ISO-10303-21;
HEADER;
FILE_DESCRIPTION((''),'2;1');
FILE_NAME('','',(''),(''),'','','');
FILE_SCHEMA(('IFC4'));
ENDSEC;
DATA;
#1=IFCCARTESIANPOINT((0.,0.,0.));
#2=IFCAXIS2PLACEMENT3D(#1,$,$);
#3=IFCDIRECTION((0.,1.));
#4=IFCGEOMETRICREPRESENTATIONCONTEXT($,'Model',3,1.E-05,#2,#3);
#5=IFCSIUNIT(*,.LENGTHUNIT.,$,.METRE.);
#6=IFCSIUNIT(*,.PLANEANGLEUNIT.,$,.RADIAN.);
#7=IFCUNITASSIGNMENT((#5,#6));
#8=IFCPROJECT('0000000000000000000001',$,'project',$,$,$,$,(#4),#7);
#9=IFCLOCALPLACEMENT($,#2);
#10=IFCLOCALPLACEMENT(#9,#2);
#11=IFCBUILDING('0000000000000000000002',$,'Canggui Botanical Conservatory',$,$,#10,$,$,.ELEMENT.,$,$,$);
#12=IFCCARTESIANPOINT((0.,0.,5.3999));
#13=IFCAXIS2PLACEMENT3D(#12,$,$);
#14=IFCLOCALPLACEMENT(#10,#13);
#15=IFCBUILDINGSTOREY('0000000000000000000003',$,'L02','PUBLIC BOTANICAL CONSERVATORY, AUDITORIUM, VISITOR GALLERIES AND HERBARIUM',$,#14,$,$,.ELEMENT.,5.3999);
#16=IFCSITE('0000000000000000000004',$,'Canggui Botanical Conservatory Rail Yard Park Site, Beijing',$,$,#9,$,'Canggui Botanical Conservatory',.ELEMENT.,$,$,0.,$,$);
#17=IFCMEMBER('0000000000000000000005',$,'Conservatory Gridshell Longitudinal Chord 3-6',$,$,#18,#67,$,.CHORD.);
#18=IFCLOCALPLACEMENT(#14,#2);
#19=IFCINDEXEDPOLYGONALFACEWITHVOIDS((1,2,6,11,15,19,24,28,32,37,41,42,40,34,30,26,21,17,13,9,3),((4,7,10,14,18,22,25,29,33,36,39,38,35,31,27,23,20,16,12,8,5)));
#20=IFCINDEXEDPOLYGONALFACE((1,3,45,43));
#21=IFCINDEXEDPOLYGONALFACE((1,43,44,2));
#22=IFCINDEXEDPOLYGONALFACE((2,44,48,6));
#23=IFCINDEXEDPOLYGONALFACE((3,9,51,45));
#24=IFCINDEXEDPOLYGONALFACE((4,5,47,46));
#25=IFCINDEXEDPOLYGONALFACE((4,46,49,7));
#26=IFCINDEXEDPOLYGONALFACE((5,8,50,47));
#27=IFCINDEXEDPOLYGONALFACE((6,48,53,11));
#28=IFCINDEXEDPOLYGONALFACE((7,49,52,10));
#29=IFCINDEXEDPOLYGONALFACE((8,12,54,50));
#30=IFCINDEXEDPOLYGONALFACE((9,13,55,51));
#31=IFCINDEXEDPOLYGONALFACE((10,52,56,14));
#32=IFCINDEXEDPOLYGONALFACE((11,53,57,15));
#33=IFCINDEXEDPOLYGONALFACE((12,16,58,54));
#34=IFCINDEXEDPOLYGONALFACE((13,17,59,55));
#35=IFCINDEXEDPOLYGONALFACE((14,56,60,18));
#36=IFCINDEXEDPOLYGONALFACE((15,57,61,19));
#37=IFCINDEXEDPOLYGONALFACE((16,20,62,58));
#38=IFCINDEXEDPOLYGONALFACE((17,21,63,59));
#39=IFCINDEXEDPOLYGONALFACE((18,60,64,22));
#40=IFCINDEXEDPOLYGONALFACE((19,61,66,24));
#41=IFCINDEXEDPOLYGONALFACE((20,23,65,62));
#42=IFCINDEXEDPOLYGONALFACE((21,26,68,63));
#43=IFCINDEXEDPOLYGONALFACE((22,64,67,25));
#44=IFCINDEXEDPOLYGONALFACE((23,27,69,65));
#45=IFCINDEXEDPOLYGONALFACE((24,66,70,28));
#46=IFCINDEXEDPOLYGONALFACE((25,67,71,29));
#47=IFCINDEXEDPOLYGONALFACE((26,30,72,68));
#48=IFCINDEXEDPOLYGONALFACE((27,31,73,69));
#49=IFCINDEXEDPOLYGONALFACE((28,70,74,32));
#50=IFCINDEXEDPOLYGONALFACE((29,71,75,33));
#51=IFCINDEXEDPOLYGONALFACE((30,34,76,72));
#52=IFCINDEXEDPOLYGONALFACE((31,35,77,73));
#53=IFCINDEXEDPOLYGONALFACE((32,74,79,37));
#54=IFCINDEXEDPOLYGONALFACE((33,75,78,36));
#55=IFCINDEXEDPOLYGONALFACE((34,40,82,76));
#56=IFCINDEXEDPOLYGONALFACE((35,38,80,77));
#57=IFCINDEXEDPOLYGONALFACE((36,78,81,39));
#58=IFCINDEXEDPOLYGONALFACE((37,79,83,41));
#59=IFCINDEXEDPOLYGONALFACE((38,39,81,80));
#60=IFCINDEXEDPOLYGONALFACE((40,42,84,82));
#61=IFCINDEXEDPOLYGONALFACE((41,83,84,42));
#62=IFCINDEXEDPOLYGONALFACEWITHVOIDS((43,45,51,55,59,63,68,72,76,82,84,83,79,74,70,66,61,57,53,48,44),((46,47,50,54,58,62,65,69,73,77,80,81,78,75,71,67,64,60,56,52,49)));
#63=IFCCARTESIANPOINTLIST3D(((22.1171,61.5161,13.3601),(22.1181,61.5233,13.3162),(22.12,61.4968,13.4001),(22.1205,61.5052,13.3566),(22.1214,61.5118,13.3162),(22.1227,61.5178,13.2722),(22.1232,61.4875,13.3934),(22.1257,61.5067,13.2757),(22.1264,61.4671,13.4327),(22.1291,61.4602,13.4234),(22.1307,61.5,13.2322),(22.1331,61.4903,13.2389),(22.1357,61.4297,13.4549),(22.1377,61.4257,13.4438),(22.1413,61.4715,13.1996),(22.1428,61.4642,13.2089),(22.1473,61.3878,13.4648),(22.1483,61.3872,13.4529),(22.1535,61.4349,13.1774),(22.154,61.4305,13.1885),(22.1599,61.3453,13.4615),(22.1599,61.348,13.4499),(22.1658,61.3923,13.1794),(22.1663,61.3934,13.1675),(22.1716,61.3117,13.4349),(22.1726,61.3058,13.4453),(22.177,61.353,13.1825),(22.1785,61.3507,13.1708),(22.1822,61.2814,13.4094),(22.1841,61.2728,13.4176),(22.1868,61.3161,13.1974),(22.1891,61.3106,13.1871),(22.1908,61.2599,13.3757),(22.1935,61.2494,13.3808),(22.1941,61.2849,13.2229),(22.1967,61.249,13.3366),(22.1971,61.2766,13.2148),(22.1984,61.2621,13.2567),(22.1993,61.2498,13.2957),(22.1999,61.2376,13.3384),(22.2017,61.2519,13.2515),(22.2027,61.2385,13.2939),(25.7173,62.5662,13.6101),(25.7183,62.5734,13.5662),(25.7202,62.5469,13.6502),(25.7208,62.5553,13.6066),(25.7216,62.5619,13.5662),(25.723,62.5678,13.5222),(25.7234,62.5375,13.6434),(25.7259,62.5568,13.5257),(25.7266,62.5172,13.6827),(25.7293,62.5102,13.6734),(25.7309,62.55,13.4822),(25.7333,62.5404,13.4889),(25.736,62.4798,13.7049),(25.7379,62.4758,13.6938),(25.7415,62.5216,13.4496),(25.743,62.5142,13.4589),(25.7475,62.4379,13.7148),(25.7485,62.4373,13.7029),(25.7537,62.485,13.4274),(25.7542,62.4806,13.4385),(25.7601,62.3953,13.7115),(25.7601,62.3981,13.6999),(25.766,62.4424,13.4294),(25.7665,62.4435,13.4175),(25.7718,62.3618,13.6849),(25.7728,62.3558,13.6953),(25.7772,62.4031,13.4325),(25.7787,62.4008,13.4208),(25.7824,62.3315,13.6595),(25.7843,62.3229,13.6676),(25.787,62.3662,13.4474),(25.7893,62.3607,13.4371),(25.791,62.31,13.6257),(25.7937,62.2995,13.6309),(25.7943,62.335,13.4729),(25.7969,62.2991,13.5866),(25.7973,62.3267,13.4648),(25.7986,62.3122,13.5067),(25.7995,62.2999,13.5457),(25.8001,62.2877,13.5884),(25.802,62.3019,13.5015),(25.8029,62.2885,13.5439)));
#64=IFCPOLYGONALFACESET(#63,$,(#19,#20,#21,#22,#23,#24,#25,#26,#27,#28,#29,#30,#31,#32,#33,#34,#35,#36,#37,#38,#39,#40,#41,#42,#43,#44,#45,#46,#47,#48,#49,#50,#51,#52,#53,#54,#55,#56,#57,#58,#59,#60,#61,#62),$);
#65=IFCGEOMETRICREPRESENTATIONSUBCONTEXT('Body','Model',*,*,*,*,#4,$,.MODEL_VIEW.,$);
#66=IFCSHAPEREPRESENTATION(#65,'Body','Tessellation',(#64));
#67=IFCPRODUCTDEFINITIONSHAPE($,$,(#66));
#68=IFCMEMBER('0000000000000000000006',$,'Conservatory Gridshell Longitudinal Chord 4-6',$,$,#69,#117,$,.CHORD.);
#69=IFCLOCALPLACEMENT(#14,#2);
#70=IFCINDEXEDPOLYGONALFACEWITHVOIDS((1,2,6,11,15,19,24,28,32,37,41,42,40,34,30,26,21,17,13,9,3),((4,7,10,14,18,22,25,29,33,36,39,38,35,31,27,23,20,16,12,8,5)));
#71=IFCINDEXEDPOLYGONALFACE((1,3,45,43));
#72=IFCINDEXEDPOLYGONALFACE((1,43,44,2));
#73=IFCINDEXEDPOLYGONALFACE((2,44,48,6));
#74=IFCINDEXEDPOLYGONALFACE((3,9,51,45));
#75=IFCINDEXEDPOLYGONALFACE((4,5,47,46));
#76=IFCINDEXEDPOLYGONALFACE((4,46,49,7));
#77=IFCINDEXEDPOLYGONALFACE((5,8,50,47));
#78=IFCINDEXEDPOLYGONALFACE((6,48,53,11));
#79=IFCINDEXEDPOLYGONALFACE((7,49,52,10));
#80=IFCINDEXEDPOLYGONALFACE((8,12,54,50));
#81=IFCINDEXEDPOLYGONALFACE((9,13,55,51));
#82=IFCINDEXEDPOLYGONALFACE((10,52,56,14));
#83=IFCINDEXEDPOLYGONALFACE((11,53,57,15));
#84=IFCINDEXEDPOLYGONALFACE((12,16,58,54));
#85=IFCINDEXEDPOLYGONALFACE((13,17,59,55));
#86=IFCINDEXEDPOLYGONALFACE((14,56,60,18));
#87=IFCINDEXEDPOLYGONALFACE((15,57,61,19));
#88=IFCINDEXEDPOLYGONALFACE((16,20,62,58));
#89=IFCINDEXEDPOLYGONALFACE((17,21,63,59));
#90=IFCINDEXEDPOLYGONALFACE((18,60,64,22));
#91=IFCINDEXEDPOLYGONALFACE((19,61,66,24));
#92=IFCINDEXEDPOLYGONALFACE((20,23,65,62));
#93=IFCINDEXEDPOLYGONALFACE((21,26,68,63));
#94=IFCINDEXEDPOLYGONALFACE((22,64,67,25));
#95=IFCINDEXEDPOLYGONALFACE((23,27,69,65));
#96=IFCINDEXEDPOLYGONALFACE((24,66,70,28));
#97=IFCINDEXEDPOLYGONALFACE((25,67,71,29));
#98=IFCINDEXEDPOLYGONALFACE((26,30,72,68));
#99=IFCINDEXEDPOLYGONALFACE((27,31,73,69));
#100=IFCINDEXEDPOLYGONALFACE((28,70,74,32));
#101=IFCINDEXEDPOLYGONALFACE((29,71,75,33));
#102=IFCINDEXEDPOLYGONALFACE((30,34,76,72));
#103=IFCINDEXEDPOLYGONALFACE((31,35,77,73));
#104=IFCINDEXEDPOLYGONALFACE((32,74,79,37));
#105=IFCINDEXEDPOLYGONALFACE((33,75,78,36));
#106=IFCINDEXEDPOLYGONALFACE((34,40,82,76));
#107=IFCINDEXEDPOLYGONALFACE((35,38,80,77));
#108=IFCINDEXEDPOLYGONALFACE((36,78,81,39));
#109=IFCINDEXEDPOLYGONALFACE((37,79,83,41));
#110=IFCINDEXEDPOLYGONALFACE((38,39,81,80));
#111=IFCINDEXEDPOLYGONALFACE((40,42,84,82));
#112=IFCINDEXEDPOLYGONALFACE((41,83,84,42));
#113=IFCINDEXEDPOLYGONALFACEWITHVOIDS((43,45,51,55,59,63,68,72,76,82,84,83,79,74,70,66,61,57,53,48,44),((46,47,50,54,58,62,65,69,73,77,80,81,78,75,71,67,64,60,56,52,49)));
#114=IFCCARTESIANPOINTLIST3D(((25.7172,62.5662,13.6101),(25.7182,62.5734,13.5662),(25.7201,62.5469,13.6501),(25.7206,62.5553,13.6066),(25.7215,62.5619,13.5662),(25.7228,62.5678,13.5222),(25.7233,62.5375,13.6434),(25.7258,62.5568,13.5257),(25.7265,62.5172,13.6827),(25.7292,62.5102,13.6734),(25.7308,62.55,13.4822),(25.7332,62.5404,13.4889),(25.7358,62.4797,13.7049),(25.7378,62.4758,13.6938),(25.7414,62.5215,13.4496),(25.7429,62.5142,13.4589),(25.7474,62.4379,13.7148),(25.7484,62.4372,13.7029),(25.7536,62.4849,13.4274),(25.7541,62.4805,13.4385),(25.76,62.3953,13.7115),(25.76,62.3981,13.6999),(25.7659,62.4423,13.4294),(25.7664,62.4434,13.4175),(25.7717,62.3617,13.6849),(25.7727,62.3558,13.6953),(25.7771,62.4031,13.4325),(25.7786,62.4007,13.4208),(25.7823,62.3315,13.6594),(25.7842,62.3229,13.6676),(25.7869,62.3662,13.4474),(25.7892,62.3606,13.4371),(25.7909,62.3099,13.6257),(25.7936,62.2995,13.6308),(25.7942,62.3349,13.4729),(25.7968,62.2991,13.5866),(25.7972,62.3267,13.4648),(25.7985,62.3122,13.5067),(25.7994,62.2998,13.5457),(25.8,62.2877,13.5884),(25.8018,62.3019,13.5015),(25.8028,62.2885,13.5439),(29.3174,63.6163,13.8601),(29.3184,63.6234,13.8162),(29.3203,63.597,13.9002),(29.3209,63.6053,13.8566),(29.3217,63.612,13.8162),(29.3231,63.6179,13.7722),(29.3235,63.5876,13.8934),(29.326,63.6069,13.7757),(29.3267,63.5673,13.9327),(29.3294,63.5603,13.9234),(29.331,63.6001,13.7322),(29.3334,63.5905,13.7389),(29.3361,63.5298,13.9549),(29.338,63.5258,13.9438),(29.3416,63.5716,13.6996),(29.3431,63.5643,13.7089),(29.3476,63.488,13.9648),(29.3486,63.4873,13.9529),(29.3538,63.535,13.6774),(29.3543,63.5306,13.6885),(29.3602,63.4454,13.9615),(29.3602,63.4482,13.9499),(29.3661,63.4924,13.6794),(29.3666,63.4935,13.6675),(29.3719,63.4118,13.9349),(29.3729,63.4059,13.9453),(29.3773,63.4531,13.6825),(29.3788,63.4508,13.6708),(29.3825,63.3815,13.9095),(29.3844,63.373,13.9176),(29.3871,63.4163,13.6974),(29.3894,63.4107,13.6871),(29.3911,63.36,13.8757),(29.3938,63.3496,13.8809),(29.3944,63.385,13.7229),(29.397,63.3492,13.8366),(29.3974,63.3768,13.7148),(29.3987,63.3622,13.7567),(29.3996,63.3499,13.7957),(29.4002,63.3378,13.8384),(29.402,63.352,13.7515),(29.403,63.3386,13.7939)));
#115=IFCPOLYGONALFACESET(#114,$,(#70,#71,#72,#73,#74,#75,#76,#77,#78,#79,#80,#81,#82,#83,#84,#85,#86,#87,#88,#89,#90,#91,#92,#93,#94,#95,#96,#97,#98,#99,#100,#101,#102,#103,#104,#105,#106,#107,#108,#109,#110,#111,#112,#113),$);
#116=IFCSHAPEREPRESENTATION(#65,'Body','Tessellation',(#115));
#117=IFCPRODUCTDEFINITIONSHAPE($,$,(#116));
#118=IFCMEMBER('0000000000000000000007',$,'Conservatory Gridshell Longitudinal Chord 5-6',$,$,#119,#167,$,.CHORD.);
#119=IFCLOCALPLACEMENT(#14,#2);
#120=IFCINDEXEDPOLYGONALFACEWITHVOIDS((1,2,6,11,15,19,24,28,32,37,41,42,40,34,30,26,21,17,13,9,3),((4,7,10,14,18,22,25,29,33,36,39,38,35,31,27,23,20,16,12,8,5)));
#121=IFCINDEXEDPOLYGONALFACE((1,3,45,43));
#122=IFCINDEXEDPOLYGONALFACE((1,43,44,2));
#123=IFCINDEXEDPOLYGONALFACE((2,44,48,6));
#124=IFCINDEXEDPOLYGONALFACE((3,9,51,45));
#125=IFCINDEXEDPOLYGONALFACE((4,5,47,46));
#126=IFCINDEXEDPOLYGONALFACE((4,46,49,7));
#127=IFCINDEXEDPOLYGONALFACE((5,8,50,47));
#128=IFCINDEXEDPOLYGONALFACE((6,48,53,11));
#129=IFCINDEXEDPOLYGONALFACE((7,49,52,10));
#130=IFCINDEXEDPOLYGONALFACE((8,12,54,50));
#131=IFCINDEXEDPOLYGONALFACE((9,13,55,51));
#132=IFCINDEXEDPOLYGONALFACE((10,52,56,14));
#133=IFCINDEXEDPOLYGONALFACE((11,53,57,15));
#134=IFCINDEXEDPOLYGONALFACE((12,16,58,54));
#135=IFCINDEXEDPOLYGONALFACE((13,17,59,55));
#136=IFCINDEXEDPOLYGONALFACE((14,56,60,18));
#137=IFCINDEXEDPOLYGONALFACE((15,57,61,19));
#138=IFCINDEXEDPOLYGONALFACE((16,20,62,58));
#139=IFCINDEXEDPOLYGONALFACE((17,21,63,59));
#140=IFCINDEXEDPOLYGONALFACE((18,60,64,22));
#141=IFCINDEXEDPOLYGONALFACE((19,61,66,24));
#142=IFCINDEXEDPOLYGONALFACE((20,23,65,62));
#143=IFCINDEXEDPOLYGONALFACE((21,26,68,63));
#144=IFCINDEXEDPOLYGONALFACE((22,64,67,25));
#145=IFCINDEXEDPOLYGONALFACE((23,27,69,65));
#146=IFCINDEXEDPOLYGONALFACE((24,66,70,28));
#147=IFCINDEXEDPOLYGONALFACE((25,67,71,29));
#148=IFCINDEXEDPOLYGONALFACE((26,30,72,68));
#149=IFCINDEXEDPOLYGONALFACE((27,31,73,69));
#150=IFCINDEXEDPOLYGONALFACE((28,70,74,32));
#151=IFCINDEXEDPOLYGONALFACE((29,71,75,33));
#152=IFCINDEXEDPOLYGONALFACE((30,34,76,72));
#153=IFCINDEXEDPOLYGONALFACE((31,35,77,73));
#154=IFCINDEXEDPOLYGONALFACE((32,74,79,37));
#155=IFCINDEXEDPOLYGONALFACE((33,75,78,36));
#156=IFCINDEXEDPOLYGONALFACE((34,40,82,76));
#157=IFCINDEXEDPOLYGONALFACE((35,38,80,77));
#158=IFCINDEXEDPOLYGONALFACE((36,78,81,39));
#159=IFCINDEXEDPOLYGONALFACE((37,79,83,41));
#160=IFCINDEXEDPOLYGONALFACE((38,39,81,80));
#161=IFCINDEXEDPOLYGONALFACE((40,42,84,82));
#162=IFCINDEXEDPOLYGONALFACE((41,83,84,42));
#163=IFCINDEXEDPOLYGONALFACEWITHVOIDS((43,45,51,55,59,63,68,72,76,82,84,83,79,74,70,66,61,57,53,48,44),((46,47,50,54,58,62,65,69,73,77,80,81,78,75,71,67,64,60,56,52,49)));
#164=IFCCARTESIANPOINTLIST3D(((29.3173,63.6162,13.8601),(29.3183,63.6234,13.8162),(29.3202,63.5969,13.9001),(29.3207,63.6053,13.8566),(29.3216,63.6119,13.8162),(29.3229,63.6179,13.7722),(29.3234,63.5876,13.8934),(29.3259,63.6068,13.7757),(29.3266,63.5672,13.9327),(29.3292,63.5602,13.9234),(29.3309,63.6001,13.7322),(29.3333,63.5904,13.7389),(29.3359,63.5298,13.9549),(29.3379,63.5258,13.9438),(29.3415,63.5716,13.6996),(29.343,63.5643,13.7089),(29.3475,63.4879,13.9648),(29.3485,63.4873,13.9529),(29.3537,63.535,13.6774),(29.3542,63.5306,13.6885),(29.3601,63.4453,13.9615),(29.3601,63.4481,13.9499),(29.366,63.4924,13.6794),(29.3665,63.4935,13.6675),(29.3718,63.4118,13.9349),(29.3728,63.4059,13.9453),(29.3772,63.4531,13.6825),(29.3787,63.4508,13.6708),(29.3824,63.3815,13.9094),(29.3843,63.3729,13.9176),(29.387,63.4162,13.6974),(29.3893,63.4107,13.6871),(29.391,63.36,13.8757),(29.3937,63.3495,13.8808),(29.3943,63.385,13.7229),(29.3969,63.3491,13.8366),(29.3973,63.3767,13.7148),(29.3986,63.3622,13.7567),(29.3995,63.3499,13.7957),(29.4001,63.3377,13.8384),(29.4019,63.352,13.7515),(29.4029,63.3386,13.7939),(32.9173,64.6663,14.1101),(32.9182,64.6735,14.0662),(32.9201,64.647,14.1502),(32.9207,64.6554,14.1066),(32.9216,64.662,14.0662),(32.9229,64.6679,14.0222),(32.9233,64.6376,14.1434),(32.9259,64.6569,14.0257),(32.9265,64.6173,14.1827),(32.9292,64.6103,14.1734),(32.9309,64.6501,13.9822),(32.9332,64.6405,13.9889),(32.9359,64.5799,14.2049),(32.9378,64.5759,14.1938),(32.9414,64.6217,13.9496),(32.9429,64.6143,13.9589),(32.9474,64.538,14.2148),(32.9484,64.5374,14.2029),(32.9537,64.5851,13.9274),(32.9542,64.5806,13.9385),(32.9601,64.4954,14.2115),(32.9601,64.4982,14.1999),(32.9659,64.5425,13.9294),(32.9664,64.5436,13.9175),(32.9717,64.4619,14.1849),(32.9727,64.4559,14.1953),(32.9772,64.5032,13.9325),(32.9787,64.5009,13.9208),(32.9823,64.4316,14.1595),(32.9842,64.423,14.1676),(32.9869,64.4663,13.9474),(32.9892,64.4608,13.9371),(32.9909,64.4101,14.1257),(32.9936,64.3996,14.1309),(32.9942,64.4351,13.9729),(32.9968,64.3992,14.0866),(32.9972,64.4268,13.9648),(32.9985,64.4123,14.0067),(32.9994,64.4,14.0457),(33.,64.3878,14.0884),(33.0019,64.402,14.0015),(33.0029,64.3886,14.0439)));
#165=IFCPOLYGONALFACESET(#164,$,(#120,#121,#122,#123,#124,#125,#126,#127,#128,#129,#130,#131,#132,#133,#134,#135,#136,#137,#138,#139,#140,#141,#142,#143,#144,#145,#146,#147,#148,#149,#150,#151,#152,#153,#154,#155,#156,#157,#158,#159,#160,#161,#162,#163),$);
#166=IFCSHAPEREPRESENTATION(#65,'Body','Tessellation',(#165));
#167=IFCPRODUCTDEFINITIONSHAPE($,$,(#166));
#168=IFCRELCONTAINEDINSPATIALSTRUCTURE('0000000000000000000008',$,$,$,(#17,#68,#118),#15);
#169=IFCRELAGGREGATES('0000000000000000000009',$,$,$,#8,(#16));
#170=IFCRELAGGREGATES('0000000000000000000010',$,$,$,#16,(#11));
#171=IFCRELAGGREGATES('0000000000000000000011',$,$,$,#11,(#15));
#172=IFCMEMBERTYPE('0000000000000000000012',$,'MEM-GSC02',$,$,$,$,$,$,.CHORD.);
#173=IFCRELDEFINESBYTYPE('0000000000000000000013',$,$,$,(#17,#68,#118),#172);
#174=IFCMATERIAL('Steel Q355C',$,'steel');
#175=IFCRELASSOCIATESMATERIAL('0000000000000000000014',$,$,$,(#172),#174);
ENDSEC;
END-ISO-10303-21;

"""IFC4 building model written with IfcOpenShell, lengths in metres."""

from ifc_helpers import new_model, si_unit, direction, frame, origin, origin_2d, place, context, subcontext, project, spatial, hollow_circle, extrude, material, material_profile, profile_set, type_object, element, save


model = new_model("IFC4")

# Units and contexts
model_context = context("Model", 3, precision=1e-05, world=origin(), true_north=direction((0.0, 1.0)))
body_context = subcontext(model_context, "Body", "Model", "MODEL_VIEW")
ifc_project = project(units=[si_unit("LENGTHUNIT", "METRE"), si_unit("PLANEANGLEUNIT", "RADIAN")], contexts=[model_context])

# Site, building, storey
site_placement = place(None, origin())
site = spatial("IfcSite", under=ifc_project, at=site_placement, Name="Canggui Botanical Conservatory Rail Yard Park Site, Beijing", LongName="Canggui Botanical Conservatory", CompositionType="ELEMENT", RefElevation=0.0)
building_placement = place(site_placement, origin())
building = spatial("IfcBuilding", under=site, at=building_placement, Name="Canggui Botanical Conservatory", CompositionType="ELEMENT")
storey_placement = place(building_placement, frame((0.0, 0.0, 5.3999)))
storey = spatial("IfcBuildingStorey", under=building, at=storey_placement, Name="L02", Description="PUBLIC BOTANICAL CONSERVATORY, AUDITORIUM, VISITOR GALLERIES AND HERBARIUM", CompositionType="ELEMENT", Elevation=5.3999)

# Shared definitions
ifc_material_1 = material(Name="Steel Q355C", Category="steel")

# Members
ifc_material_profile_1 = material_profile(ifc_material_1, hollow_circle(Radius=0.1494, WallThickness=0.012, at=origin_2d()), Name="CHS 299x12")
ifc_profile_set_1 = profile_set([ifc_material_profile_1], Name="Steel Q355C")
member_type_1 = type_object("IfcMemberType", Name="MEM-GSC02", PredefinedType="CHORD", material=ifc_profile_set_1)
for number, where, z_axis, x_axis, name in (
    (1, (22.1599, 61.3799, 13.3162), (0.957872, 0.279385, 0.066517), (-0.280005, 0.959999, 0.0), "Conservatory Gridshell Longitudinal Chord 3-6"),
    (2, (25.76, 62.4299, 13.5662), (0.957872, 0.279385, 0.066517), (-0.280005, 0.959999, 0.0), "Conservatory Gridshell Longitudinal Chord 4-6"),
):
    element("IfcMember", number, at=place(storey_placement, frame(where, z_axis=z_axis, x_axis=x_axis)), inside=storey, type_object=member_type_1, Name=name, PredefinedType="CHORD", context=body_context, shape_type="SweptSolid", body=[
        extrude(hollow_circle(Radius=0.1494, WallThickness=0.012, at=origin_2d()), origin(), (0.0, 0.0, 1.0), 3.7585),
    ])
member_1_placement = place(storey_placement, frame((29.3601, 63.48, 13.8162), z_axis=(0.957867, 0.279402, 0.066521), x_axis=(-0.280023, 0.959993, 0.0)))
element("IfcMember", 3, at=member_1_placement, inside=storey, type_object=member_type_1, Name="Conservatory Gridshell Longitudinal Chord 5-6", PredefinedType="CHORD", context=body_context, shape_type="SweptSolid", body=[
    extrude(hollow_circle(Radius=0.1494, WallThickness=0.012, at=origin_2d()), origin(), (0.0, 0.0, 1.0), 3.7583),
])

save(model, "model.ifc")
